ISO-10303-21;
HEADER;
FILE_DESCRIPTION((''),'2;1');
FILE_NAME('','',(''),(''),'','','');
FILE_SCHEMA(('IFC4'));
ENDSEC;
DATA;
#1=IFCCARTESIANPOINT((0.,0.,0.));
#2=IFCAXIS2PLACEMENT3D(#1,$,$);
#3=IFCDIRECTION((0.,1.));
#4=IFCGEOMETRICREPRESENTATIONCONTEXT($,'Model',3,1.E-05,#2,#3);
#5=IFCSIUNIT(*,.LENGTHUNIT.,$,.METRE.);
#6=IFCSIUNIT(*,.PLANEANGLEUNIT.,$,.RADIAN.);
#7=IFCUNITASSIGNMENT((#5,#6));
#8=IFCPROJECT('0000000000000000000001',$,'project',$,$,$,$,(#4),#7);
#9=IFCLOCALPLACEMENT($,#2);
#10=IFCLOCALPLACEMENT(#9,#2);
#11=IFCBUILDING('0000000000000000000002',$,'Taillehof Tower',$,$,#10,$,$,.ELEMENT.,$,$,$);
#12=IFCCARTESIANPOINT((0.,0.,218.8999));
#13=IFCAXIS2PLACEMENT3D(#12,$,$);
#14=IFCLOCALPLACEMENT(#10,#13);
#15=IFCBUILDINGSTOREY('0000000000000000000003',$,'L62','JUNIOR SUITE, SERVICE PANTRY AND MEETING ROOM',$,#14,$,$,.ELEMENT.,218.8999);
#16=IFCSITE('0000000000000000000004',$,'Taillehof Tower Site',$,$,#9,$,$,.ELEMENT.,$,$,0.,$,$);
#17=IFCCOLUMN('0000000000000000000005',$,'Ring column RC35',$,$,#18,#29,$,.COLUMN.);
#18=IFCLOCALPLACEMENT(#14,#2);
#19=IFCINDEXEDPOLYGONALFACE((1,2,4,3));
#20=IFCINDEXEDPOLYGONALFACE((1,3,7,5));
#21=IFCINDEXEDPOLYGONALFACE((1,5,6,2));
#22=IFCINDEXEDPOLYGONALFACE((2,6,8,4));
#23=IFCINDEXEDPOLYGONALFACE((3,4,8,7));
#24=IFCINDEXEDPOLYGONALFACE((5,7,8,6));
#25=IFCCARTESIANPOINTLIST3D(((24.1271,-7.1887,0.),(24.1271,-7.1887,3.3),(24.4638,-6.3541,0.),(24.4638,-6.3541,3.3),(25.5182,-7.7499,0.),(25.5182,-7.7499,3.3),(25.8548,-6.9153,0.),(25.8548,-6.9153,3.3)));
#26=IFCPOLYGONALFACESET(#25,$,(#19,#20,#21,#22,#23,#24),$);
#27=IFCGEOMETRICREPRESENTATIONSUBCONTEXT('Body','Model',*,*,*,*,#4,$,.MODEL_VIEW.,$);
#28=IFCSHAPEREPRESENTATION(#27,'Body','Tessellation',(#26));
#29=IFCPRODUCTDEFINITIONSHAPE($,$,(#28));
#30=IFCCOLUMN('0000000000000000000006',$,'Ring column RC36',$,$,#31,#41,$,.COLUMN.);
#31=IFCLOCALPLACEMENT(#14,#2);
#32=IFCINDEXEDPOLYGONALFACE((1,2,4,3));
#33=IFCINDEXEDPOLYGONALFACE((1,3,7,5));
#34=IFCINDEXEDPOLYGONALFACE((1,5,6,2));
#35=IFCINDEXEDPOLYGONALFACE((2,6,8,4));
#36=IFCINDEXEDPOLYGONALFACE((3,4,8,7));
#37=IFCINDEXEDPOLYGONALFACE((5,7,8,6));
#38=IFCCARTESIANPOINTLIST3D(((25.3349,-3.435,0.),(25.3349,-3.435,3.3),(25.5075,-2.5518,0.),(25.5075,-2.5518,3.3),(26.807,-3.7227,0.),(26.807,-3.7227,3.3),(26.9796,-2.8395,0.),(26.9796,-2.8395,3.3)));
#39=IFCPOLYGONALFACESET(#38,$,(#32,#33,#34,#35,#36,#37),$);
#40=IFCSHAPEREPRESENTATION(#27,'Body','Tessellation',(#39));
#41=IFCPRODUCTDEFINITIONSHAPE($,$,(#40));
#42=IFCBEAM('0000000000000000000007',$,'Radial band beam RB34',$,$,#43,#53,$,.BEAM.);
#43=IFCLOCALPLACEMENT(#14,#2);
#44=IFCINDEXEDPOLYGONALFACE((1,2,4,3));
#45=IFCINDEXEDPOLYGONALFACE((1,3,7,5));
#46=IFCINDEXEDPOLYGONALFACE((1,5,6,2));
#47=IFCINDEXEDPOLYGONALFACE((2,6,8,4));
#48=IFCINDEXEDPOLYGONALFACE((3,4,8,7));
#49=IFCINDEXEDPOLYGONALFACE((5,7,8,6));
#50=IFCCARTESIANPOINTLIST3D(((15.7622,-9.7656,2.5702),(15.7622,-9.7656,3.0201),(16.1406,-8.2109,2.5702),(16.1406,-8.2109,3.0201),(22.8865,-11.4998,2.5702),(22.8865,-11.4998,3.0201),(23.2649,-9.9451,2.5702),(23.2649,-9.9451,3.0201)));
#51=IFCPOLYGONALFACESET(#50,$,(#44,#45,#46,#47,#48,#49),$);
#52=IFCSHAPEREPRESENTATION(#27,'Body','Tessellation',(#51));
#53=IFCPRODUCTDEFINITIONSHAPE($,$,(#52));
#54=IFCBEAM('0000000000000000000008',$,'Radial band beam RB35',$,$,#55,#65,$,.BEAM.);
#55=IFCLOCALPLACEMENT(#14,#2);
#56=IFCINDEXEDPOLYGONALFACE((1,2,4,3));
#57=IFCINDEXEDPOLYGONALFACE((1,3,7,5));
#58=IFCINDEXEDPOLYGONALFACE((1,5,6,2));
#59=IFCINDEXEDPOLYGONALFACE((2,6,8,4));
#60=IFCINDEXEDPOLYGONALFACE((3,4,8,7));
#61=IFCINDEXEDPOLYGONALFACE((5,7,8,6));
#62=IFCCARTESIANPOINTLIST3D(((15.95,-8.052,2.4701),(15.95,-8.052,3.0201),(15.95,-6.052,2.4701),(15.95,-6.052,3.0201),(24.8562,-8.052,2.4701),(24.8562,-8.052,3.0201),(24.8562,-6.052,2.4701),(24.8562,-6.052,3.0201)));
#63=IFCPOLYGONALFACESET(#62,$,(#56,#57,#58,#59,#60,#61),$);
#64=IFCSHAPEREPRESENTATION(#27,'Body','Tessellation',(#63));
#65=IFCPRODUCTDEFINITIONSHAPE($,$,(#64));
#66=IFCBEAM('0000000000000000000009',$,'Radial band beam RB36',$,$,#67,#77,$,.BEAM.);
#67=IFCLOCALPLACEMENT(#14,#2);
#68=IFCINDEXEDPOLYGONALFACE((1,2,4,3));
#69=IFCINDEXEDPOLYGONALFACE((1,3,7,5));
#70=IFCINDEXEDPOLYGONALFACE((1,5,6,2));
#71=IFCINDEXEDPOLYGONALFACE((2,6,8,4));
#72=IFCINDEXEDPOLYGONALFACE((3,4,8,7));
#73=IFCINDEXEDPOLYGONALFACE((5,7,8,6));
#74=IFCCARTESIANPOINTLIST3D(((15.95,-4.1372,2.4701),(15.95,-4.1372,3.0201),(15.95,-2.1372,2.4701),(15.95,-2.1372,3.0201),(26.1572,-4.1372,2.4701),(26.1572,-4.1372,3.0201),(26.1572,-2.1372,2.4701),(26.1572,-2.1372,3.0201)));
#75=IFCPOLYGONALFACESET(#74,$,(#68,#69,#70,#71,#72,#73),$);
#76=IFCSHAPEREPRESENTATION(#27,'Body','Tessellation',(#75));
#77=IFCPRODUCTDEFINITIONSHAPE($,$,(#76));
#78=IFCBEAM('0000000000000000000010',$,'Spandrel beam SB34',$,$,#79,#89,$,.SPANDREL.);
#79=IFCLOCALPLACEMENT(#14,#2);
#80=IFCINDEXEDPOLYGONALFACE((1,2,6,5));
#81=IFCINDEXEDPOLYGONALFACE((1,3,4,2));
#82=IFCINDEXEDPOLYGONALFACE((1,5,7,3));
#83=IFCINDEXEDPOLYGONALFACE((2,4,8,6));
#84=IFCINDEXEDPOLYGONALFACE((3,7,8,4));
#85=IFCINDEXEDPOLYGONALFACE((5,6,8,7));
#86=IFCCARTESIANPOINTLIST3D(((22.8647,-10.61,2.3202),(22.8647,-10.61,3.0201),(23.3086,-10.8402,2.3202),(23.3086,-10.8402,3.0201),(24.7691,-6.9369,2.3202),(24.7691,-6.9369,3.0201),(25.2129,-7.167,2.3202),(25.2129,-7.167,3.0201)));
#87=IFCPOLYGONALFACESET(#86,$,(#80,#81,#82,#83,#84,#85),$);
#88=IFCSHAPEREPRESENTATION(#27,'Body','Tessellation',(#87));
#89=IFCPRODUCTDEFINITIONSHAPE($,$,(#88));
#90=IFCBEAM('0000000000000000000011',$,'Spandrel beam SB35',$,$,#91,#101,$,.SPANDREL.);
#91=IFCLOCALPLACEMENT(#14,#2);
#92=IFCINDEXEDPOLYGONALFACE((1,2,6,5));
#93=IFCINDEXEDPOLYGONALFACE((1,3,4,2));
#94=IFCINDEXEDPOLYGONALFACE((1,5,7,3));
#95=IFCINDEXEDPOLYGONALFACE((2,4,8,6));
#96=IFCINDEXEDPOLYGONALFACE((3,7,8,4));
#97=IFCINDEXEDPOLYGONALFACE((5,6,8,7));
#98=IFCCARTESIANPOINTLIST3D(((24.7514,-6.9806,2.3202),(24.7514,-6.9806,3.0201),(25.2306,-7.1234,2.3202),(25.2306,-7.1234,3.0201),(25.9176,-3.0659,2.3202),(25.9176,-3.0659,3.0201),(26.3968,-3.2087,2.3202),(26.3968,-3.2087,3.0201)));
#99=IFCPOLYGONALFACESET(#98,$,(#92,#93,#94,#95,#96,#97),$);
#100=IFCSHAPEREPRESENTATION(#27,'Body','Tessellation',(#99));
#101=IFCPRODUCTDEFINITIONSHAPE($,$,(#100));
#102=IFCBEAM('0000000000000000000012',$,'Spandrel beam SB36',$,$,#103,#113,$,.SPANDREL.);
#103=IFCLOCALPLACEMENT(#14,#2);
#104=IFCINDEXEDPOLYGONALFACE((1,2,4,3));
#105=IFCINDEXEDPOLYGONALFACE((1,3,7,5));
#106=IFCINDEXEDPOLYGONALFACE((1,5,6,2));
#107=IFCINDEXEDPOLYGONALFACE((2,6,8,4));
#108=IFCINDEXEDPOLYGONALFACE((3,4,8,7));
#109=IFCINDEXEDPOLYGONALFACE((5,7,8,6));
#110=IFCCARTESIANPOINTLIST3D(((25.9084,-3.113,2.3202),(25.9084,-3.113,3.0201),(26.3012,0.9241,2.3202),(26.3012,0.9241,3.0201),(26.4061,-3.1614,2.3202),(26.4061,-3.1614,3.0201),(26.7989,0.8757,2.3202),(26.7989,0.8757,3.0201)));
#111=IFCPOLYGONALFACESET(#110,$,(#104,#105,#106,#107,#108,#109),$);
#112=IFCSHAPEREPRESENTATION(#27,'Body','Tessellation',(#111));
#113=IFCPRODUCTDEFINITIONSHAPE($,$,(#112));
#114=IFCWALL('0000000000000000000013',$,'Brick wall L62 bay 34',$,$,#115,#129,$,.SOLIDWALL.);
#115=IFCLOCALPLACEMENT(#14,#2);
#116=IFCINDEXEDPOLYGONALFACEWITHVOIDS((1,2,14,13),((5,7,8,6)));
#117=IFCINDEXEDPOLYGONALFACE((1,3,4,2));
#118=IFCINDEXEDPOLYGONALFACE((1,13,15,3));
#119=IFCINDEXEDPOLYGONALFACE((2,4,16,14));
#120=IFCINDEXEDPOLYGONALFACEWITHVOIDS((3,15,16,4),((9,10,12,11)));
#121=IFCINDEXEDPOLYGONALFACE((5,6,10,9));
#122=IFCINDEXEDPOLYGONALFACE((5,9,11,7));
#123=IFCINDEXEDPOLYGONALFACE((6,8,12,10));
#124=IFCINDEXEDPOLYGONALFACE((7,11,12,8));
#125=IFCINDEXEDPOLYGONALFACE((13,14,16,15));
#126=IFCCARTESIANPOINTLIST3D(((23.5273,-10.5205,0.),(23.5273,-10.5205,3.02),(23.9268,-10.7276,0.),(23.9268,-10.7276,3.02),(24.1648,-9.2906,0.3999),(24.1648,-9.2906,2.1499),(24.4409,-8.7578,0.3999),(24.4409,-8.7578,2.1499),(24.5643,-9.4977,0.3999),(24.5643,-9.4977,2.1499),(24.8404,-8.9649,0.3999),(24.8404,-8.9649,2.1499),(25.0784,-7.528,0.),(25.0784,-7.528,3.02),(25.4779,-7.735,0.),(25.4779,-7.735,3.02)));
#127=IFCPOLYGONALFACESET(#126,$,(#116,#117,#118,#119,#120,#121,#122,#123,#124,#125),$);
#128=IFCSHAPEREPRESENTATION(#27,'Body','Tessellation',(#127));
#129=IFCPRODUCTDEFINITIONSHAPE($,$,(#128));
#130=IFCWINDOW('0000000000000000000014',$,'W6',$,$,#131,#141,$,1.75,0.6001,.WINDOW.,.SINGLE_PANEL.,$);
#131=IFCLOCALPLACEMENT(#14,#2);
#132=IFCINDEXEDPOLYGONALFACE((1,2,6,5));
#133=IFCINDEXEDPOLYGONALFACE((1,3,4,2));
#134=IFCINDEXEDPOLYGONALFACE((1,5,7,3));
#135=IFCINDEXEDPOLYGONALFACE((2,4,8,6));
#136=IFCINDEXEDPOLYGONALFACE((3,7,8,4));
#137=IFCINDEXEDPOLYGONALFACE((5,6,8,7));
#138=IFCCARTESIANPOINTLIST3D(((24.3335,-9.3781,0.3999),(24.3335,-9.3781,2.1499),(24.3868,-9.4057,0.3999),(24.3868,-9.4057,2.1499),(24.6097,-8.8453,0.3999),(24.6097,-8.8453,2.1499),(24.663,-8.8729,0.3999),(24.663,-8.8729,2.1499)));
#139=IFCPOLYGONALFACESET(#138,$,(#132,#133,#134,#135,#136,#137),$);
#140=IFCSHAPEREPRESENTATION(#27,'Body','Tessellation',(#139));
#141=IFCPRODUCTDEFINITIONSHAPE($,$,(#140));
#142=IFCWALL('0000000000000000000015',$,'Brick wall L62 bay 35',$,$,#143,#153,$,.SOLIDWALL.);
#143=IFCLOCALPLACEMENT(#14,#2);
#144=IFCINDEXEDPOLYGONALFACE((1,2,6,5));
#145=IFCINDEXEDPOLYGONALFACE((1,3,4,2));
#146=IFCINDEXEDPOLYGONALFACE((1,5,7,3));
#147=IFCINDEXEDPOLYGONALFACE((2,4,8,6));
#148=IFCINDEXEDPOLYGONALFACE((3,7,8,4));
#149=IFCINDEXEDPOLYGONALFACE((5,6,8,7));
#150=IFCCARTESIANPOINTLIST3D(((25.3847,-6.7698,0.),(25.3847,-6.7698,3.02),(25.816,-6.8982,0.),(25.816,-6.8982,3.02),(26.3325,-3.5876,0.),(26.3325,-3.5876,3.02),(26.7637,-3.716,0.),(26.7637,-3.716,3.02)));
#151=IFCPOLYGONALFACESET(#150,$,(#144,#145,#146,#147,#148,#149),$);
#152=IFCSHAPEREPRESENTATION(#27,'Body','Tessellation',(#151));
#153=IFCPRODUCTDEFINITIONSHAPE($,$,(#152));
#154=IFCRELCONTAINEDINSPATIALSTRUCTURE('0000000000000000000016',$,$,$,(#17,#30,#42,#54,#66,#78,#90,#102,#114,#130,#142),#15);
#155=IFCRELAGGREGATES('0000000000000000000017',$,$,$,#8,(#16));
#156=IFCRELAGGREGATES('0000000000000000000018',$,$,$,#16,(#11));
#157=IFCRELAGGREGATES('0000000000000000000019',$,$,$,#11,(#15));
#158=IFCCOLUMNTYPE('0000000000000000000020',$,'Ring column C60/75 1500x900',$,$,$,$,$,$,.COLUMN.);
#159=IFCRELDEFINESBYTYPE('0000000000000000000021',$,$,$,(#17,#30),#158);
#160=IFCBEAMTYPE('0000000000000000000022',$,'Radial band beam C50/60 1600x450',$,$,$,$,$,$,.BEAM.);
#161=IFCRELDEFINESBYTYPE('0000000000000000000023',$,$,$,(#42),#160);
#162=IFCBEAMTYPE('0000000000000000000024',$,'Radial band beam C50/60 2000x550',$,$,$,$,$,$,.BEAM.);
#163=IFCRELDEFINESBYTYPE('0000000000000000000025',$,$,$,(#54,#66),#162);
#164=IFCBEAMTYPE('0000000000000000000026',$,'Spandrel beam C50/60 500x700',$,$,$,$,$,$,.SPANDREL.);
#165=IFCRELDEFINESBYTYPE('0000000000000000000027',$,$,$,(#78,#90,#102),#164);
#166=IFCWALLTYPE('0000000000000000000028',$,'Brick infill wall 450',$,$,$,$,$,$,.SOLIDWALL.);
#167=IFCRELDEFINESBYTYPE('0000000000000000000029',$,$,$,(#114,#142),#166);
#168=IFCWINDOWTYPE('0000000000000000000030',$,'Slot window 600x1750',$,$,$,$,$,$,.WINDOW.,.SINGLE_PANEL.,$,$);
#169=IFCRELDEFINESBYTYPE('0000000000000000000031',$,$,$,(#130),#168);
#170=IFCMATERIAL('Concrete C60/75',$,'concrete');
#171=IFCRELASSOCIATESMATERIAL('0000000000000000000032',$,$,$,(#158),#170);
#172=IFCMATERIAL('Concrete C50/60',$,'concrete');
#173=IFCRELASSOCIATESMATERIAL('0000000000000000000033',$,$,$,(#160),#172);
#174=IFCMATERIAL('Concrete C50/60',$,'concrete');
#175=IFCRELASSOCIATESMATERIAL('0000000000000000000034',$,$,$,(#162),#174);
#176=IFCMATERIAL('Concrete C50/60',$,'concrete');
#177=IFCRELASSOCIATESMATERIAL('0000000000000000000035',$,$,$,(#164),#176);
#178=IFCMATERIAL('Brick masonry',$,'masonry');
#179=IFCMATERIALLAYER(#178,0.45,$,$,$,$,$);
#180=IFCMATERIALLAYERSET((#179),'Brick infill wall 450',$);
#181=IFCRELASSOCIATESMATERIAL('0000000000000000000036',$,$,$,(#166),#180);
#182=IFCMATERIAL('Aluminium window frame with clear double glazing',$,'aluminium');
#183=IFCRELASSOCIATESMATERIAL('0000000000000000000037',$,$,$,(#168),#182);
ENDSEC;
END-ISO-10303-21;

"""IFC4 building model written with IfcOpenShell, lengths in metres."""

from ifc_helpers import new_model, si_unit, direction, frame, frame_2d, origin, origin_2d, place, context, subcontext, project, spatial, rectangle, extrude, material, layer, layer_set, material_profile, profile_set, type_object, element, fill, save


model = new_model("IFC4")

# Units and contexts
model_context = context("Model", 3, precision=1e-05, world=origin(), true_north=direction((0.0, 1.0)))
body_context = subcontext(model_context, "Body", "Model", "MODEL_VIEW")
ifc_project = project(units=[si_unit("LENGTHUNIT", "METRE"), si_unit("PLANEANGLEUNIT", "RADIAN")], contexts=[model_context])

# Site, building, storey
site_placement = place(None, origin())
site = spatial("IfcSite", under=ifc_project, at=site_placement, Name="Taillehof Tower Site", CompositionType="ELEMENT", RefElevation=0.0)
building_placement = place(site_placement, origin())
building = spatial("IfcBuilding", under=site, at=building_placement, Name="Taillehof Tower", CompositionType="ELEMENT")
storey_placement = place(building_placement, frame((0.0, 0.0, 218.8999)))
storey = spatial("IfcBuildingStorey", under=building, at=storey_placement, Name="L62", Description="JUNIOR SUITE, SERVICE PANTRY AND MEETING ROOM", CompositionType="ELEMENT", Elevation=218.8999)

# Columns
ifc_material_1 = material(Name="Concrete C60/75", Category="concrete")
ifc_material_profile_1 = material_profile(ifc_material_1, rectangle(XDim=1.5, YDim=0.8999, at=origin_2d()), Name="RC 1500x900")
ifc_profile_set_1 = profile_set([ifc_material_profile_1], Name="Concrete C60/75")
column_type = type_object("IfcColumnType", Name="Ring column C60/75 1500x900", PredefinedType="COLUMN", material=ifc_profile_set_1)
for number, where, z_axis, x_axis, name in (
    (1, (24.991, -7.052, 0.0), (0.0, 0.0, 1.0), (0.927385, -0.374108, 0.0), "Ring column RC35"),
    (2, (26.1572, -3.1372, 0.0), (0.0, 0.0, 1.0), (0.981434, -0.191801, 0.0), "Ring column RC36"),
):
    element("IfcColumn", number, at=place(storey_placement, frame(where, z_axis=z_axis, x_axis=x_axis)), inside=storey, type_object=column_type, Name=name, PredefinedType="COLUMN", context=body_context, shape_type="SweptSolid", body=[
        extrude(rectangle(XDim=1.5, YDim=0.8999, at=origin_2d()), origin(), (0.0, 0.0, 1.0), 3.3),
    ])

# Beams
ifc_material_2 = material(Name="Concrete C50/60", Category="concrete")
ifc_material_profile_2 = material_profile(ifc_material_2, rectangle(XDim=1.6001, YDim=0.45, at=origin_2d()), Name="RC 1600x450")
ifc_profile_set_2 = profile_set([ifc_material_profile_2], Name="Concrete C50/60")
beam_type_1 = type_object("IfcBeamType", Name="Radial band beam C50/60 1600x450", PredefinedType="BEAM", material=ifc_profile_set_2)
beam_1_placement = place(storey_placement, frame((23.0757, -10.7224, 2.7952), z_axis=(-0.97163, 0.236506, 0.0), x_axis=(-0.236506, -0.97163, 0.0)))
element("IfcBeam", 3, at=beam_1_placement, inside=storey, type_object=beam_type_1, Name="Radial band beam RB34", PredefinedType="BEAM", context=body_context, shape_type="SweptSolid", body=[
    extrude(rectangle(XDim=1.6001, YDim=0.45, at=origin_2d()), origin(), (0.0, 0.0, 1.0), 7.3323),
])
ifc_material_3 = material(Name="Concrete C50/60", Category="concrete")
ifc_material_profile_3 = material_profile(ifc_material_3, rectangle(XDim=2.0, YDim=0.55, at=origin_2d()), Name="RC 2000x550")
ifc_profile_set_3 = profile_set([ifc_material_profile_3], Name="Concrete C50/60")
beam_type_2 = type_object("IfcBeamType", Name="Radial band beam C50/60 2000x550", PredefinedType="BEAM", material=ifc_profile_set_3)
beam_2_placement = place(storey_placement, frame((24.8562, -7.052, 2.7451), z_axis=(-1.0, 0.0, 0.0), x_axis=(0.0, -1.0, 0.0)))
element("IfcBeam", 4, at=beam_2_placement, inside=storey, type_object=beam_type_2, Name="Radial band beam RB35", PredefinedType="BEAM", context=body_context, shape_type="SweptSolid", body=[
    extrude(rectangle(XDim=2.0, YDim=0.55, at=origin_2d()), origin(), (0.0, 0.0, 1.0), 8.9062),
])
beam_3_placement = place(storey_placement, frame((26.1572, -3.1372, 2.7451), z_axis=(-1.0, 0.0, 0.0), x_axis=(0.0, -1.0, 0.0)))
element("IfcBeam", 5, at=beam_3_placement, inside=storey, type_object=beam_type_2, Name="Radial band beam RB36", PredefinedType="BEAM", context=body_context, shape_type="SweptSolid", body=[
    extrude(rectangle(XDim=2.0, YDim=0.55, at=origin_2d()), origin(), (0.0, 0.0, 1.0), 10.2073),
])
ifc_material_4 = material(Name="Concrete C50/60", Category="concrete")
ifc_material_profile_4 = material_profile(ifc_material_4, rectangle(XDim=0.5, YDim=0.7, at=origin_2d()), Name="RC 500x700")
ifc_profile_set_4 = profile_set([ifc_material_profile_4], Name="Concrete C50/60")
beam_type_3 = type_object("IfcBeamType", Name="Spandrel beam C50/60 500x700", PredefinedType="SPANDREL", material=ifc_profile_set_4)
beam_4_placement = place(storey_placement, frame((23.0867, -10.7251, 2.6702), z_axis=(0.460265, 0.887781, 0.0), x_axis=(-0.887781, 0.460265, 0.0)))
element("IfcBeam", 6, at=beam_4_placement, inside=storey, type_object=beam_type_3, Name="Spandrel beam SB34", PredefinedType="SPANDREL", context=body_context, shape_type="SweptSolid", body=[
    extrude(rectangle(XDim=0.5, YDim=0.7, at=origin_2d()), origin(), (0.0, 0.0, 1.0), 4.1375),
])
beam_5_placement = place(storey_placement, frame((24.991, -7.052, 2.6702), z_axis=(0.28551, 0.958376, 0.0), x_axis=(-0.958376, 0.28551, 0.0)))
element("IfcBeam", 7, at=beam_5_placement, inside=storey, type_object=beam_type_3, Name="Spandrel beam SB35", PredefinedType="SPANDREL", context=body_context, shape_type="SweptSolid", body=[
    extrude(rectangle(XDim=0.5, YDim=0.7, at=origin_2d()), origin(), (0.0, 0.0, 1.0), 4.0847),
])
beam_6_placement = place(storey_placement, frame((26.1572, -3.1372, 2.6702), z_axis=(0.096845, 0.995299, 0.0), x_axis=(-0.995299, 0.096845, 0.0)))
element("IfcBeam", 8, at=beam_6_placement, inside=storey, type_object=beam_type_3, Name="Spandrel beam SB36", PredefinedType="SPANDREL", context=body_context, shape_type="SweptSolid", body=[
    extrude(rectangle(XDim=0.5, YDim=0.7, at=origin_2d()), origin(), (0.0, 0.0, 1.0), 4.0562),
])

# Wall, opening, window
ifc_material_5 = material(Name="Brick masonry", Category="masonry")
ifc_layer_1 = layer(ifc_material_5, 0.45)
ifc_layer_set_1 = layer_set([ifc_layer_1], Name="Brick infill wall 450")
wall_type_1 = type_object("IfcWallType", Name="Brick infill wall 450", PredefinedType="SOLIDWALL", material=ifc_layer_set_1)
wall_1_placement = place(storey_placement, frame((23.7271, -10.624, 0.0), z_axis=(0.0, 0.0, 1.0), x_axis=(0.460176, 0.887828, 0.0)))
wall_1 = element("IfcWall", 9, at=wall_1_placement, inside=storey, type_object=wall_type_1, Name="Brick wall L62 bay 34", PredefinedType="SOLIDWALL", context=body_context, shape_type="SweptSolid", body=[
    extrude(rectangle(XDim=3.3706, YDim=0.45, at=frame_2d((1.6853, 0.0))), origin(), (0.0, 0.0, 1.0), 3.02),
])
opening_1_placement = place(wall_1_placement, frame((1.3853, 0.0, 0.3999)))
opening_1 = element("IfcOpeningElement", 10, at=opening_1_placement, cuts=wall_1, PredefinedType="OPENING", context=body_context, shape_type="SweptSolid", body=[
    extrude(rectangle(XDim=0.6001, YDim=1.75, at=frame_2d((0.3, 0.875))), frame((0.0, 0.2349, 0.0), z_axis=(0.0, -1.0, 0.0), x_axis=(1.0, 0.0, 0.0)), (0.0, 0.0, 1.0), 0.47),
])
ifc_material_6 = material(Name="Aluminium window frame with clear double glazing", Category="aluminium")
window_type = type_object("IfcWindowType", Name="Slot window 600x1750", PartitioningType="SINGLE_PANEL", PredefinedType="WINDOW", material=ifc_material_6)
window_1_placement = place(opening_1_placement, origin())
window_1 = element("IfcWindow", 11, at=window_1_placement, inside=storey, type_object=window_type, Name="W6", OverallHeight=1.75, OverallWidth=0.6001, PartitioningType="SINGLE_PANEL", PredefinedType="WINDOW", context=body_context, shape_type="SweptSolid", body=[
    extrude(rectangle(XDim=0.6001, YDim=1.75, at=frame_2d((0.3, 0.875))), frame((0.0, 0.0349, 0.0), z_axis=(0.0, -1.0, 0.0), x_axis=(1.0, 0.0, 0.0)), (0.0, 0.0, 1.0), 0.0601),
])
fill(opening_1, window_1)

# Wall
wall_2_placement = place(storey_placement, frame((25.6003, -6.834, 0.0), z_axis=(0.0, 0.0, 1.0), x_axis=(0.285445, 0.958395, 0.0)))
element("IfcWall", 12, at=wall_2_placement, inside=storey, type_object=wall_type_1, Name="Brick wall L62 bay 35", PredefinedType="SOLIDWALL", context=body_context, shape_type="SweptSolid", body=[
    extrude(rectangle(XDim=3.3203, YDim=0.45, at=frame_2d((1.6602, 0.0))), origin(), (0.0, 0.0, 1.0), 3.02),
])

save(model, "model.ifc")
